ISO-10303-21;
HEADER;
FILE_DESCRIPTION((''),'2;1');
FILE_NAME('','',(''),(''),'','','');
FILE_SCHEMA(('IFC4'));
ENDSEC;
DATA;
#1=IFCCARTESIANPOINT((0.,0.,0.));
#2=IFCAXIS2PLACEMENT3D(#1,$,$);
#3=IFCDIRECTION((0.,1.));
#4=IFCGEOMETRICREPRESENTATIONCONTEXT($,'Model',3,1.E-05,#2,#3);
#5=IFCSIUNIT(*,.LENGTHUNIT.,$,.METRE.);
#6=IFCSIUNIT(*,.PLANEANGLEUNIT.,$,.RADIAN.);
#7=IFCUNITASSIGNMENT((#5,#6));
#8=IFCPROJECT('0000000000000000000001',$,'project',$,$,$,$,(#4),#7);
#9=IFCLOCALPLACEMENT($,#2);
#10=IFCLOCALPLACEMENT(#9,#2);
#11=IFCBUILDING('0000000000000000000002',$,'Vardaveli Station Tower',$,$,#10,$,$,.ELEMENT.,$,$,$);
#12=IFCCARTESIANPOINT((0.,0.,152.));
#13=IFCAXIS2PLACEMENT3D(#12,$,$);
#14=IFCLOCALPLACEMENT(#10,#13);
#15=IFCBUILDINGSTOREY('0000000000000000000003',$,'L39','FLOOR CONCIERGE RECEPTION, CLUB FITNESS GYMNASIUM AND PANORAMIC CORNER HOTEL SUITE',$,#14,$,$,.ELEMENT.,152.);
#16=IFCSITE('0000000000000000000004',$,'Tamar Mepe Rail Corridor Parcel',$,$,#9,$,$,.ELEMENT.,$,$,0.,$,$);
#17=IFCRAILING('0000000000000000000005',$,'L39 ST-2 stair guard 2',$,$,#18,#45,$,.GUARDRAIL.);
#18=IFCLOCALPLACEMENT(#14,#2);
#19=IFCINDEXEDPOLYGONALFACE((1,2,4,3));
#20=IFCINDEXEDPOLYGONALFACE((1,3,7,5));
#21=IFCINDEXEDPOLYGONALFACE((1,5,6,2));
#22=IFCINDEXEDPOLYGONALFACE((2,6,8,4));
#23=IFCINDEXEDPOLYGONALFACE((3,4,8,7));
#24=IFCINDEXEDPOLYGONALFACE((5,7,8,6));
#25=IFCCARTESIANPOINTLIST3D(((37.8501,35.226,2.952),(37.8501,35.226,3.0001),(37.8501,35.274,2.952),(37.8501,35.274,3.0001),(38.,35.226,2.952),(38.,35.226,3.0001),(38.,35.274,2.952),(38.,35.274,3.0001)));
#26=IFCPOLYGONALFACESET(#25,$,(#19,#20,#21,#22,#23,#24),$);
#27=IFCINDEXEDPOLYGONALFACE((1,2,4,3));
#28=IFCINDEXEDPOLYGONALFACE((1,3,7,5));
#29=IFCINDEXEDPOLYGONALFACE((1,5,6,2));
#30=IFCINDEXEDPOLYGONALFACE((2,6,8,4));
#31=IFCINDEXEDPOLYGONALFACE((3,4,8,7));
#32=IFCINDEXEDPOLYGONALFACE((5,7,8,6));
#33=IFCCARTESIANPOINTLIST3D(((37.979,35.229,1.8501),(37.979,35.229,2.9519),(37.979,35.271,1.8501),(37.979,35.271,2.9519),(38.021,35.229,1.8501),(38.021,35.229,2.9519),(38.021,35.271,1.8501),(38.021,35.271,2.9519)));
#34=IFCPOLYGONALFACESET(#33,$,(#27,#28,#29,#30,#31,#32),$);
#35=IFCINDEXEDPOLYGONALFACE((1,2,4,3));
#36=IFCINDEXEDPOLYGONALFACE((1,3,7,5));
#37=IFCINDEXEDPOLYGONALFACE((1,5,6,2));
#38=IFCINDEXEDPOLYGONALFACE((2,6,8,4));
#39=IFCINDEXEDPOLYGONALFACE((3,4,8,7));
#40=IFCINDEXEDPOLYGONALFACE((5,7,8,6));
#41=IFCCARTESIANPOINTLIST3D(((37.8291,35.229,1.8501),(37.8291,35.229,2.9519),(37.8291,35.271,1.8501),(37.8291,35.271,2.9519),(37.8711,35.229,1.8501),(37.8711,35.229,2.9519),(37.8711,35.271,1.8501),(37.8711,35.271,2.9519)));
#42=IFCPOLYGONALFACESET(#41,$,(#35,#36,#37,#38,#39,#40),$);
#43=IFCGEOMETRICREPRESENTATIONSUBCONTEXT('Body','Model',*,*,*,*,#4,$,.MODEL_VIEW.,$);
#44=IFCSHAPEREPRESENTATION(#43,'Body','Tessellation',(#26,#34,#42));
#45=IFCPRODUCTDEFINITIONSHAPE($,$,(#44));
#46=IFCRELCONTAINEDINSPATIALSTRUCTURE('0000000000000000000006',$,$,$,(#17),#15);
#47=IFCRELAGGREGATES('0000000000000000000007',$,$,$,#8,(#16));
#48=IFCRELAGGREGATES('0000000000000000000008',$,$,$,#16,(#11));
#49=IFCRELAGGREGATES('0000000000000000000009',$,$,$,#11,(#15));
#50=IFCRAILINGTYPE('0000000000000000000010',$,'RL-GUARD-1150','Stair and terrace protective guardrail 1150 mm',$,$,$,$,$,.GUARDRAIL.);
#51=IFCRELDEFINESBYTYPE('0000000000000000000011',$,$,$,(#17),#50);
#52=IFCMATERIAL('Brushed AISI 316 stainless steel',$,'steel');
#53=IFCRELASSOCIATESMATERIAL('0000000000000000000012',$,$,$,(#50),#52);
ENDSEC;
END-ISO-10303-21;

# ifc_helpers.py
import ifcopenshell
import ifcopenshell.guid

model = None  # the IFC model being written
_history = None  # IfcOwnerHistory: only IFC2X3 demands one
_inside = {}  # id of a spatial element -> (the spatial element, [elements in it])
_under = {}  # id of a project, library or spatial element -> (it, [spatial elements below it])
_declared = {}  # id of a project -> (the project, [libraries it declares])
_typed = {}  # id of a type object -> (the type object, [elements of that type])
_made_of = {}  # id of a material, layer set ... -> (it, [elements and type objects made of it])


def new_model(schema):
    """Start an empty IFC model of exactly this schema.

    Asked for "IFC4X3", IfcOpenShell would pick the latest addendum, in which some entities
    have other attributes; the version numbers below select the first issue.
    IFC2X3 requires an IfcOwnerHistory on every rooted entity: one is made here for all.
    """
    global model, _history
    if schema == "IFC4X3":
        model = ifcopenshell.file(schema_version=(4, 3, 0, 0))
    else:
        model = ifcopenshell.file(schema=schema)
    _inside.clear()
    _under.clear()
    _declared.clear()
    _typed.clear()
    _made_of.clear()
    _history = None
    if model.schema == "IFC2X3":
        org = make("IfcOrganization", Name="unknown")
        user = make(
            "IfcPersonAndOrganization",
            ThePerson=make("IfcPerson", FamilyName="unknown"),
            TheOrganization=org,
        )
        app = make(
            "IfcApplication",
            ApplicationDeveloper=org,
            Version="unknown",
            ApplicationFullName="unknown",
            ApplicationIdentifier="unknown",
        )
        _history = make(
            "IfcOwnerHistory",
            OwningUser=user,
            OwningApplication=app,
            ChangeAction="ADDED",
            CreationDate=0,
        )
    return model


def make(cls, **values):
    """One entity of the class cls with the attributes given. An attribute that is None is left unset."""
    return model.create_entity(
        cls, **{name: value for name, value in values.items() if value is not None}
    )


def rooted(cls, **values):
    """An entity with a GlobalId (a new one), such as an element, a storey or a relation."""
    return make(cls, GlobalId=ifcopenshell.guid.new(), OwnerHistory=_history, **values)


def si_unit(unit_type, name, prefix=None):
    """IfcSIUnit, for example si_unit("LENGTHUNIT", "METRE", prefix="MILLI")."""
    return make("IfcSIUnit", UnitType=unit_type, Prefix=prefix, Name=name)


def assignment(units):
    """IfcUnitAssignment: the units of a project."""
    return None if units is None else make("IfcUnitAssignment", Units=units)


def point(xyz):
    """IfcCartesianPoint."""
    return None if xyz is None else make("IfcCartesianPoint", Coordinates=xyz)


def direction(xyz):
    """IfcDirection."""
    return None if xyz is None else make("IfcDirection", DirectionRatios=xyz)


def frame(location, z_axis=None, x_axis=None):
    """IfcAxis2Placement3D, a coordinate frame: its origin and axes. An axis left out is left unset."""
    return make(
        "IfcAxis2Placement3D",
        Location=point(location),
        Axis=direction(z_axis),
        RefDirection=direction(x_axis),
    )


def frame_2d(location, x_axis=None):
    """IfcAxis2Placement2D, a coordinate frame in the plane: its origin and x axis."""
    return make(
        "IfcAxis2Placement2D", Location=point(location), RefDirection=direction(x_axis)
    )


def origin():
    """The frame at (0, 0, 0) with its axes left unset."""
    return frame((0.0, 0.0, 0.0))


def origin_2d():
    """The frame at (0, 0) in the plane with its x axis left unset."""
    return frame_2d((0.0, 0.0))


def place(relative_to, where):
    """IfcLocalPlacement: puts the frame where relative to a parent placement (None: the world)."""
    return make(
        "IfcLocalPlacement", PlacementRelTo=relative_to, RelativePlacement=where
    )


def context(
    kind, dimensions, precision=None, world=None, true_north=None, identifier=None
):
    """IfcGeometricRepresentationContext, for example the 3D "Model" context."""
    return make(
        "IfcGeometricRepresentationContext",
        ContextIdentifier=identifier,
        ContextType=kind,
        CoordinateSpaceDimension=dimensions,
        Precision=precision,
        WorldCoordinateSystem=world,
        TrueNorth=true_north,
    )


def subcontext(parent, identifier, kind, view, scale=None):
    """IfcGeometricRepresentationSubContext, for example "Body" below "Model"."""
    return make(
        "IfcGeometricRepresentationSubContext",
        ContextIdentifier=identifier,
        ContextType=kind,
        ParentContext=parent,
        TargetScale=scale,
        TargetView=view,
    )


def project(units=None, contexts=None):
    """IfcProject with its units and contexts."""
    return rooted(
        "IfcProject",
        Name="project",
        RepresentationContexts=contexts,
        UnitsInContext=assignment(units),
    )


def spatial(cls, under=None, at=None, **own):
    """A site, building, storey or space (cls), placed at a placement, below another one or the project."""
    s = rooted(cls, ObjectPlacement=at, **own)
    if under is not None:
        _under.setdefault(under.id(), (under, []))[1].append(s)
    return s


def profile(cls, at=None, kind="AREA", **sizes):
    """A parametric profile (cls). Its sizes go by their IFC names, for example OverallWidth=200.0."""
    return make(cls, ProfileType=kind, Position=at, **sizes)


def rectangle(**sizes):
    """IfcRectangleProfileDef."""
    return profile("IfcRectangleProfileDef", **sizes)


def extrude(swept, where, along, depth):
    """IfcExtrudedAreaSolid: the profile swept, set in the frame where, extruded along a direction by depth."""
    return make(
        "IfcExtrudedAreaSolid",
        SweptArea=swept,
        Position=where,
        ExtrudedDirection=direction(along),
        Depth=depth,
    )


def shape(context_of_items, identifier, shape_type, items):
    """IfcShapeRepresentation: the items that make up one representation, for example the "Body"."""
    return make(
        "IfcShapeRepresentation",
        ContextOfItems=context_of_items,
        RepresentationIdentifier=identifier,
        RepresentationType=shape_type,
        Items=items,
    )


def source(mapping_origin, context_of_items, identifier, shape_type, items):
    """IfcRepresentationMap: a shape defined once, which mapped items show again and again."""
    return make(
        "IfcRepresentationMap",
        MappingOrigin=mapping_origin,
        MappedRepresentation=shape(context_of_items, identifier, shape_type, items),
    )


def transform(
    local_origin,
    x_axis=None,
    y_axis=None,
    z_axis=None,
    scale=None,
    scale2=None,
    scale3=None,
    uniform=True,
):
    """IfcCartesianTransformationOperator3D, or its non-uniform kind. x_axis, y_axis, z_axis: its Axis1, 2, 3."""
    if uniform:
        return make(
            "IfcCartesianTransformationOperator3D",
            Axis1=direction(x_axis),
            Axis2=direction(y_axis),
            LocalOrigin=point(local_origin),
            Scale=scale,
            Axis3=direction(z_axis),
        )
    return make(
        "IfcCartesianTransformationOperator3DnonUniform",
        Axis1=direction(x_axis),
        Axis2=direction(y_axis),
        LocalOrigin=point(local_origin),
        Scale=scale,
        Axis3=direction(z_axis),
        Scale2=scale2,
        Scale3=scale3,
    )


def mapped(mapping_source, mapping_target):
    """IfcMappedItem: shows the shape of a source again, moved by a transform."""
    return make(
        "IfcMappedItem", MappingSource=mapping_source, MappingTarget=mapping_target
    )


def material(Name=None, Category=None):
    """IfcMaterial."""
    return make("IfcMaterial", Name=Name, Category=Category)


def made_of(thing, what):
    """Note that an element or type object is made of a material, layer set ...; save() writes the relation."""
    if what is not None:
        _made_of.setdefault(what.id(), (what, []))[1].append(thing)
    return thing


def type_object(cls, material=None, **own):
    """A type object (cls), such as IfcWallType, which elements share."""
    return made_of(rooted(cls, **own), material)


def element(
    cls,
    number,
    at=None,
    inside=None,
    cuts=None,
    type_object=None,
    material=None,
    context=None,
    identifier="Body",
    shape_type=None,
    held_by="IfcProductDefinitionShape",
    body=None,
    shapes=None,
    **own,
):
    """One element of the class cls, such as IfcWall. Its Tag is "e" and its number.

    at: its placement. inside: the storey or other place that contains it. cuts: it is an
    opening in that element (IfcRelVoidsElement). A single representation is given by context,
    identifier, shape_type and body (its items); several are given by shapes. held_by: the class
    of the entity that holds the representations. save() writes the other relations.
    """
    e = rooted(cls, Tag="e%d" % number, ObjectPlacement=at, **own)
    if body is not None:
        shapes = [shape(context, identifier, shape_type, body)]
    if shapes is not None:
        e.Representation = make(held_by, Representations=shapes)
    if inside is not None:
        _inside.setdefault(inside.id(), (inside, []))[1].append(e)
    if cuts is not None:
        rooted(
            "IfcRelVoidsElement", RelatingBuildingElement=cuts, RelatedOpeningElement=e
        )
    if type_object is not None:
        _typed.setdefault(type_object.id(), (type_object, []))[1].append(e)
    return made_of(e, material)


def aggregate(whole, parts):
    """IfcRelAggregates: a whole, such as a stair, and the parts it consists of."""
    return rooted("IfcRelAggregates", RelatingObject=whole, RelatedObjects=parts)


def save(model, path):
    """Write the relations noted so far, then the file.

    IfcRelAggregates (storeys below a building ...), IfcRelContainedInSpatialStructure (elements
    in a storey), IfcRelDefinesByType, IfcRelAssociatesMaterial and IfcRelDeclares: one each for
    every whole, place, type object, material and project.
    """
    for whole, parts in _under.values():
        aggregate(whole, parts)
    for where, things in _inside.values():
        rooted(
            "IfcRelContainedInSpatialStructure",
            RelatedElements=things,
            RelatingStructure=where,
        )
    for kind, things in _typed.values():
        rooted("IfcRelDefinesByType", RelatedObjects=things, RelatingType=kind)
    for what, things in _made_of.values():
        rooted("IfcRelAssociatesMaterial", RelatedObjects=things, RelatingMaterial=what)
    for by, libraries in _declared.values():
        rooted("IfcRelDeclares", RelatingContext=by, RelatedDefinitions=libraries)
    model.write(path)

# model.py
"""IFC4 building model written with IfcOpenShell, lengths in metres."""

from ifc_helpers import new_model, si_unit, direction, frame, origin, origin_2d, place, context, subcontext, project, spatial, rectangle, extrude, source, transform, mapped, material, type_object, element, save


model = new_model("IFC4")

# Units and contexts
model_context = context("Model", 3, precision=1e-05, world=origin(), true_north=direction((0.0, 1.0)))
body_context = subcontext(model_context, "Body", "Model", "MODEL_VIEW")
ifc_project = project(units=[si_unit("LENGTHUNIT", "METRE"), si_unit("PLANEANGLEUNIT", "RADIAN")], contexts=[model_context])

# Site, building, storey
site_placement = place(None, origin())
site = spatial("IfcSite", under=ifc_project, at=site_placement, Name="Tamar Mepe Rail Corridor Parcel", CompositionType="ELEMENT", RefElevation=0.0)
building_placement = place(site_placement, origin())
building = spatial("IfcBuilding", under=site, at=building_placement, Name="Vardaveli Station Tower", CompositionType="ELEMENT")
storey_placement = place(building_placement, frame((0.0, 0.0, 152.0)))
storey = spatial("IfcBuildingStorey", under=building, at=storey_placement, Name="L39", Description="FLOOR CONCIERGE RECEPTION, CLUB FITNESS GYMNASIUM AND PANORAMIC CORNER HOTEL SUITE", CompositionType="ELEMENT", Elevation=152.0)

# Railing
ifc_material_1 = material(Name="Brushed AISI 316 stainless steel", Category="steel")
railing_type = type_object("IfcRailingType", Name="RL-GUARD-1150", Description="Stair and terrace protective guardrail 1150 mm", PredefinedType="GUARDRAIL", material=ifc_material_1)
shared_shape_1 = source(origin(), body_context, "Body", "SweptSolid", [
    extrude(rectangle(XDim=0.0481, YDim=0.0481, at=origin_2d()), frame((0.0, 0.0, 1.126), z_axis=(-1.0, 0.0, 0.0), x_axis=(0.0, -1.0, 0.0)), (0.0, 0.0, 1.0), 0.1499),
    extrude(rectangle(XDim=0.042, YDim=0.042, at=origin_2d()), origin(), (0.0, 0.0, 1.0), 1.1018),
    extrude(rectangle(XDim=0.042, YDim=0.042, at=origin_2d()), frame((-0.1499, 0.0, 0.0)), (0.0, 0.0, 1.0), 1.1018),
])
for number, where, name in (
    (1, (38.0, 35.25, 1.8501), "L39 ST-2 stair guard 2"),
):
    element("IfcRailing", number, at=place(storey_placement, frame(where)), inside=storey, type_object=railing_type, Name=name, PredefinedType="GUARDRAIL", context=body_context, shape_type="MappedRepresentation", body=[
        mapped(shared_shape_1, transform((0.0, 0.0, 0.0), scale=1.0)),
    ])

save(model, "model.ifc")
